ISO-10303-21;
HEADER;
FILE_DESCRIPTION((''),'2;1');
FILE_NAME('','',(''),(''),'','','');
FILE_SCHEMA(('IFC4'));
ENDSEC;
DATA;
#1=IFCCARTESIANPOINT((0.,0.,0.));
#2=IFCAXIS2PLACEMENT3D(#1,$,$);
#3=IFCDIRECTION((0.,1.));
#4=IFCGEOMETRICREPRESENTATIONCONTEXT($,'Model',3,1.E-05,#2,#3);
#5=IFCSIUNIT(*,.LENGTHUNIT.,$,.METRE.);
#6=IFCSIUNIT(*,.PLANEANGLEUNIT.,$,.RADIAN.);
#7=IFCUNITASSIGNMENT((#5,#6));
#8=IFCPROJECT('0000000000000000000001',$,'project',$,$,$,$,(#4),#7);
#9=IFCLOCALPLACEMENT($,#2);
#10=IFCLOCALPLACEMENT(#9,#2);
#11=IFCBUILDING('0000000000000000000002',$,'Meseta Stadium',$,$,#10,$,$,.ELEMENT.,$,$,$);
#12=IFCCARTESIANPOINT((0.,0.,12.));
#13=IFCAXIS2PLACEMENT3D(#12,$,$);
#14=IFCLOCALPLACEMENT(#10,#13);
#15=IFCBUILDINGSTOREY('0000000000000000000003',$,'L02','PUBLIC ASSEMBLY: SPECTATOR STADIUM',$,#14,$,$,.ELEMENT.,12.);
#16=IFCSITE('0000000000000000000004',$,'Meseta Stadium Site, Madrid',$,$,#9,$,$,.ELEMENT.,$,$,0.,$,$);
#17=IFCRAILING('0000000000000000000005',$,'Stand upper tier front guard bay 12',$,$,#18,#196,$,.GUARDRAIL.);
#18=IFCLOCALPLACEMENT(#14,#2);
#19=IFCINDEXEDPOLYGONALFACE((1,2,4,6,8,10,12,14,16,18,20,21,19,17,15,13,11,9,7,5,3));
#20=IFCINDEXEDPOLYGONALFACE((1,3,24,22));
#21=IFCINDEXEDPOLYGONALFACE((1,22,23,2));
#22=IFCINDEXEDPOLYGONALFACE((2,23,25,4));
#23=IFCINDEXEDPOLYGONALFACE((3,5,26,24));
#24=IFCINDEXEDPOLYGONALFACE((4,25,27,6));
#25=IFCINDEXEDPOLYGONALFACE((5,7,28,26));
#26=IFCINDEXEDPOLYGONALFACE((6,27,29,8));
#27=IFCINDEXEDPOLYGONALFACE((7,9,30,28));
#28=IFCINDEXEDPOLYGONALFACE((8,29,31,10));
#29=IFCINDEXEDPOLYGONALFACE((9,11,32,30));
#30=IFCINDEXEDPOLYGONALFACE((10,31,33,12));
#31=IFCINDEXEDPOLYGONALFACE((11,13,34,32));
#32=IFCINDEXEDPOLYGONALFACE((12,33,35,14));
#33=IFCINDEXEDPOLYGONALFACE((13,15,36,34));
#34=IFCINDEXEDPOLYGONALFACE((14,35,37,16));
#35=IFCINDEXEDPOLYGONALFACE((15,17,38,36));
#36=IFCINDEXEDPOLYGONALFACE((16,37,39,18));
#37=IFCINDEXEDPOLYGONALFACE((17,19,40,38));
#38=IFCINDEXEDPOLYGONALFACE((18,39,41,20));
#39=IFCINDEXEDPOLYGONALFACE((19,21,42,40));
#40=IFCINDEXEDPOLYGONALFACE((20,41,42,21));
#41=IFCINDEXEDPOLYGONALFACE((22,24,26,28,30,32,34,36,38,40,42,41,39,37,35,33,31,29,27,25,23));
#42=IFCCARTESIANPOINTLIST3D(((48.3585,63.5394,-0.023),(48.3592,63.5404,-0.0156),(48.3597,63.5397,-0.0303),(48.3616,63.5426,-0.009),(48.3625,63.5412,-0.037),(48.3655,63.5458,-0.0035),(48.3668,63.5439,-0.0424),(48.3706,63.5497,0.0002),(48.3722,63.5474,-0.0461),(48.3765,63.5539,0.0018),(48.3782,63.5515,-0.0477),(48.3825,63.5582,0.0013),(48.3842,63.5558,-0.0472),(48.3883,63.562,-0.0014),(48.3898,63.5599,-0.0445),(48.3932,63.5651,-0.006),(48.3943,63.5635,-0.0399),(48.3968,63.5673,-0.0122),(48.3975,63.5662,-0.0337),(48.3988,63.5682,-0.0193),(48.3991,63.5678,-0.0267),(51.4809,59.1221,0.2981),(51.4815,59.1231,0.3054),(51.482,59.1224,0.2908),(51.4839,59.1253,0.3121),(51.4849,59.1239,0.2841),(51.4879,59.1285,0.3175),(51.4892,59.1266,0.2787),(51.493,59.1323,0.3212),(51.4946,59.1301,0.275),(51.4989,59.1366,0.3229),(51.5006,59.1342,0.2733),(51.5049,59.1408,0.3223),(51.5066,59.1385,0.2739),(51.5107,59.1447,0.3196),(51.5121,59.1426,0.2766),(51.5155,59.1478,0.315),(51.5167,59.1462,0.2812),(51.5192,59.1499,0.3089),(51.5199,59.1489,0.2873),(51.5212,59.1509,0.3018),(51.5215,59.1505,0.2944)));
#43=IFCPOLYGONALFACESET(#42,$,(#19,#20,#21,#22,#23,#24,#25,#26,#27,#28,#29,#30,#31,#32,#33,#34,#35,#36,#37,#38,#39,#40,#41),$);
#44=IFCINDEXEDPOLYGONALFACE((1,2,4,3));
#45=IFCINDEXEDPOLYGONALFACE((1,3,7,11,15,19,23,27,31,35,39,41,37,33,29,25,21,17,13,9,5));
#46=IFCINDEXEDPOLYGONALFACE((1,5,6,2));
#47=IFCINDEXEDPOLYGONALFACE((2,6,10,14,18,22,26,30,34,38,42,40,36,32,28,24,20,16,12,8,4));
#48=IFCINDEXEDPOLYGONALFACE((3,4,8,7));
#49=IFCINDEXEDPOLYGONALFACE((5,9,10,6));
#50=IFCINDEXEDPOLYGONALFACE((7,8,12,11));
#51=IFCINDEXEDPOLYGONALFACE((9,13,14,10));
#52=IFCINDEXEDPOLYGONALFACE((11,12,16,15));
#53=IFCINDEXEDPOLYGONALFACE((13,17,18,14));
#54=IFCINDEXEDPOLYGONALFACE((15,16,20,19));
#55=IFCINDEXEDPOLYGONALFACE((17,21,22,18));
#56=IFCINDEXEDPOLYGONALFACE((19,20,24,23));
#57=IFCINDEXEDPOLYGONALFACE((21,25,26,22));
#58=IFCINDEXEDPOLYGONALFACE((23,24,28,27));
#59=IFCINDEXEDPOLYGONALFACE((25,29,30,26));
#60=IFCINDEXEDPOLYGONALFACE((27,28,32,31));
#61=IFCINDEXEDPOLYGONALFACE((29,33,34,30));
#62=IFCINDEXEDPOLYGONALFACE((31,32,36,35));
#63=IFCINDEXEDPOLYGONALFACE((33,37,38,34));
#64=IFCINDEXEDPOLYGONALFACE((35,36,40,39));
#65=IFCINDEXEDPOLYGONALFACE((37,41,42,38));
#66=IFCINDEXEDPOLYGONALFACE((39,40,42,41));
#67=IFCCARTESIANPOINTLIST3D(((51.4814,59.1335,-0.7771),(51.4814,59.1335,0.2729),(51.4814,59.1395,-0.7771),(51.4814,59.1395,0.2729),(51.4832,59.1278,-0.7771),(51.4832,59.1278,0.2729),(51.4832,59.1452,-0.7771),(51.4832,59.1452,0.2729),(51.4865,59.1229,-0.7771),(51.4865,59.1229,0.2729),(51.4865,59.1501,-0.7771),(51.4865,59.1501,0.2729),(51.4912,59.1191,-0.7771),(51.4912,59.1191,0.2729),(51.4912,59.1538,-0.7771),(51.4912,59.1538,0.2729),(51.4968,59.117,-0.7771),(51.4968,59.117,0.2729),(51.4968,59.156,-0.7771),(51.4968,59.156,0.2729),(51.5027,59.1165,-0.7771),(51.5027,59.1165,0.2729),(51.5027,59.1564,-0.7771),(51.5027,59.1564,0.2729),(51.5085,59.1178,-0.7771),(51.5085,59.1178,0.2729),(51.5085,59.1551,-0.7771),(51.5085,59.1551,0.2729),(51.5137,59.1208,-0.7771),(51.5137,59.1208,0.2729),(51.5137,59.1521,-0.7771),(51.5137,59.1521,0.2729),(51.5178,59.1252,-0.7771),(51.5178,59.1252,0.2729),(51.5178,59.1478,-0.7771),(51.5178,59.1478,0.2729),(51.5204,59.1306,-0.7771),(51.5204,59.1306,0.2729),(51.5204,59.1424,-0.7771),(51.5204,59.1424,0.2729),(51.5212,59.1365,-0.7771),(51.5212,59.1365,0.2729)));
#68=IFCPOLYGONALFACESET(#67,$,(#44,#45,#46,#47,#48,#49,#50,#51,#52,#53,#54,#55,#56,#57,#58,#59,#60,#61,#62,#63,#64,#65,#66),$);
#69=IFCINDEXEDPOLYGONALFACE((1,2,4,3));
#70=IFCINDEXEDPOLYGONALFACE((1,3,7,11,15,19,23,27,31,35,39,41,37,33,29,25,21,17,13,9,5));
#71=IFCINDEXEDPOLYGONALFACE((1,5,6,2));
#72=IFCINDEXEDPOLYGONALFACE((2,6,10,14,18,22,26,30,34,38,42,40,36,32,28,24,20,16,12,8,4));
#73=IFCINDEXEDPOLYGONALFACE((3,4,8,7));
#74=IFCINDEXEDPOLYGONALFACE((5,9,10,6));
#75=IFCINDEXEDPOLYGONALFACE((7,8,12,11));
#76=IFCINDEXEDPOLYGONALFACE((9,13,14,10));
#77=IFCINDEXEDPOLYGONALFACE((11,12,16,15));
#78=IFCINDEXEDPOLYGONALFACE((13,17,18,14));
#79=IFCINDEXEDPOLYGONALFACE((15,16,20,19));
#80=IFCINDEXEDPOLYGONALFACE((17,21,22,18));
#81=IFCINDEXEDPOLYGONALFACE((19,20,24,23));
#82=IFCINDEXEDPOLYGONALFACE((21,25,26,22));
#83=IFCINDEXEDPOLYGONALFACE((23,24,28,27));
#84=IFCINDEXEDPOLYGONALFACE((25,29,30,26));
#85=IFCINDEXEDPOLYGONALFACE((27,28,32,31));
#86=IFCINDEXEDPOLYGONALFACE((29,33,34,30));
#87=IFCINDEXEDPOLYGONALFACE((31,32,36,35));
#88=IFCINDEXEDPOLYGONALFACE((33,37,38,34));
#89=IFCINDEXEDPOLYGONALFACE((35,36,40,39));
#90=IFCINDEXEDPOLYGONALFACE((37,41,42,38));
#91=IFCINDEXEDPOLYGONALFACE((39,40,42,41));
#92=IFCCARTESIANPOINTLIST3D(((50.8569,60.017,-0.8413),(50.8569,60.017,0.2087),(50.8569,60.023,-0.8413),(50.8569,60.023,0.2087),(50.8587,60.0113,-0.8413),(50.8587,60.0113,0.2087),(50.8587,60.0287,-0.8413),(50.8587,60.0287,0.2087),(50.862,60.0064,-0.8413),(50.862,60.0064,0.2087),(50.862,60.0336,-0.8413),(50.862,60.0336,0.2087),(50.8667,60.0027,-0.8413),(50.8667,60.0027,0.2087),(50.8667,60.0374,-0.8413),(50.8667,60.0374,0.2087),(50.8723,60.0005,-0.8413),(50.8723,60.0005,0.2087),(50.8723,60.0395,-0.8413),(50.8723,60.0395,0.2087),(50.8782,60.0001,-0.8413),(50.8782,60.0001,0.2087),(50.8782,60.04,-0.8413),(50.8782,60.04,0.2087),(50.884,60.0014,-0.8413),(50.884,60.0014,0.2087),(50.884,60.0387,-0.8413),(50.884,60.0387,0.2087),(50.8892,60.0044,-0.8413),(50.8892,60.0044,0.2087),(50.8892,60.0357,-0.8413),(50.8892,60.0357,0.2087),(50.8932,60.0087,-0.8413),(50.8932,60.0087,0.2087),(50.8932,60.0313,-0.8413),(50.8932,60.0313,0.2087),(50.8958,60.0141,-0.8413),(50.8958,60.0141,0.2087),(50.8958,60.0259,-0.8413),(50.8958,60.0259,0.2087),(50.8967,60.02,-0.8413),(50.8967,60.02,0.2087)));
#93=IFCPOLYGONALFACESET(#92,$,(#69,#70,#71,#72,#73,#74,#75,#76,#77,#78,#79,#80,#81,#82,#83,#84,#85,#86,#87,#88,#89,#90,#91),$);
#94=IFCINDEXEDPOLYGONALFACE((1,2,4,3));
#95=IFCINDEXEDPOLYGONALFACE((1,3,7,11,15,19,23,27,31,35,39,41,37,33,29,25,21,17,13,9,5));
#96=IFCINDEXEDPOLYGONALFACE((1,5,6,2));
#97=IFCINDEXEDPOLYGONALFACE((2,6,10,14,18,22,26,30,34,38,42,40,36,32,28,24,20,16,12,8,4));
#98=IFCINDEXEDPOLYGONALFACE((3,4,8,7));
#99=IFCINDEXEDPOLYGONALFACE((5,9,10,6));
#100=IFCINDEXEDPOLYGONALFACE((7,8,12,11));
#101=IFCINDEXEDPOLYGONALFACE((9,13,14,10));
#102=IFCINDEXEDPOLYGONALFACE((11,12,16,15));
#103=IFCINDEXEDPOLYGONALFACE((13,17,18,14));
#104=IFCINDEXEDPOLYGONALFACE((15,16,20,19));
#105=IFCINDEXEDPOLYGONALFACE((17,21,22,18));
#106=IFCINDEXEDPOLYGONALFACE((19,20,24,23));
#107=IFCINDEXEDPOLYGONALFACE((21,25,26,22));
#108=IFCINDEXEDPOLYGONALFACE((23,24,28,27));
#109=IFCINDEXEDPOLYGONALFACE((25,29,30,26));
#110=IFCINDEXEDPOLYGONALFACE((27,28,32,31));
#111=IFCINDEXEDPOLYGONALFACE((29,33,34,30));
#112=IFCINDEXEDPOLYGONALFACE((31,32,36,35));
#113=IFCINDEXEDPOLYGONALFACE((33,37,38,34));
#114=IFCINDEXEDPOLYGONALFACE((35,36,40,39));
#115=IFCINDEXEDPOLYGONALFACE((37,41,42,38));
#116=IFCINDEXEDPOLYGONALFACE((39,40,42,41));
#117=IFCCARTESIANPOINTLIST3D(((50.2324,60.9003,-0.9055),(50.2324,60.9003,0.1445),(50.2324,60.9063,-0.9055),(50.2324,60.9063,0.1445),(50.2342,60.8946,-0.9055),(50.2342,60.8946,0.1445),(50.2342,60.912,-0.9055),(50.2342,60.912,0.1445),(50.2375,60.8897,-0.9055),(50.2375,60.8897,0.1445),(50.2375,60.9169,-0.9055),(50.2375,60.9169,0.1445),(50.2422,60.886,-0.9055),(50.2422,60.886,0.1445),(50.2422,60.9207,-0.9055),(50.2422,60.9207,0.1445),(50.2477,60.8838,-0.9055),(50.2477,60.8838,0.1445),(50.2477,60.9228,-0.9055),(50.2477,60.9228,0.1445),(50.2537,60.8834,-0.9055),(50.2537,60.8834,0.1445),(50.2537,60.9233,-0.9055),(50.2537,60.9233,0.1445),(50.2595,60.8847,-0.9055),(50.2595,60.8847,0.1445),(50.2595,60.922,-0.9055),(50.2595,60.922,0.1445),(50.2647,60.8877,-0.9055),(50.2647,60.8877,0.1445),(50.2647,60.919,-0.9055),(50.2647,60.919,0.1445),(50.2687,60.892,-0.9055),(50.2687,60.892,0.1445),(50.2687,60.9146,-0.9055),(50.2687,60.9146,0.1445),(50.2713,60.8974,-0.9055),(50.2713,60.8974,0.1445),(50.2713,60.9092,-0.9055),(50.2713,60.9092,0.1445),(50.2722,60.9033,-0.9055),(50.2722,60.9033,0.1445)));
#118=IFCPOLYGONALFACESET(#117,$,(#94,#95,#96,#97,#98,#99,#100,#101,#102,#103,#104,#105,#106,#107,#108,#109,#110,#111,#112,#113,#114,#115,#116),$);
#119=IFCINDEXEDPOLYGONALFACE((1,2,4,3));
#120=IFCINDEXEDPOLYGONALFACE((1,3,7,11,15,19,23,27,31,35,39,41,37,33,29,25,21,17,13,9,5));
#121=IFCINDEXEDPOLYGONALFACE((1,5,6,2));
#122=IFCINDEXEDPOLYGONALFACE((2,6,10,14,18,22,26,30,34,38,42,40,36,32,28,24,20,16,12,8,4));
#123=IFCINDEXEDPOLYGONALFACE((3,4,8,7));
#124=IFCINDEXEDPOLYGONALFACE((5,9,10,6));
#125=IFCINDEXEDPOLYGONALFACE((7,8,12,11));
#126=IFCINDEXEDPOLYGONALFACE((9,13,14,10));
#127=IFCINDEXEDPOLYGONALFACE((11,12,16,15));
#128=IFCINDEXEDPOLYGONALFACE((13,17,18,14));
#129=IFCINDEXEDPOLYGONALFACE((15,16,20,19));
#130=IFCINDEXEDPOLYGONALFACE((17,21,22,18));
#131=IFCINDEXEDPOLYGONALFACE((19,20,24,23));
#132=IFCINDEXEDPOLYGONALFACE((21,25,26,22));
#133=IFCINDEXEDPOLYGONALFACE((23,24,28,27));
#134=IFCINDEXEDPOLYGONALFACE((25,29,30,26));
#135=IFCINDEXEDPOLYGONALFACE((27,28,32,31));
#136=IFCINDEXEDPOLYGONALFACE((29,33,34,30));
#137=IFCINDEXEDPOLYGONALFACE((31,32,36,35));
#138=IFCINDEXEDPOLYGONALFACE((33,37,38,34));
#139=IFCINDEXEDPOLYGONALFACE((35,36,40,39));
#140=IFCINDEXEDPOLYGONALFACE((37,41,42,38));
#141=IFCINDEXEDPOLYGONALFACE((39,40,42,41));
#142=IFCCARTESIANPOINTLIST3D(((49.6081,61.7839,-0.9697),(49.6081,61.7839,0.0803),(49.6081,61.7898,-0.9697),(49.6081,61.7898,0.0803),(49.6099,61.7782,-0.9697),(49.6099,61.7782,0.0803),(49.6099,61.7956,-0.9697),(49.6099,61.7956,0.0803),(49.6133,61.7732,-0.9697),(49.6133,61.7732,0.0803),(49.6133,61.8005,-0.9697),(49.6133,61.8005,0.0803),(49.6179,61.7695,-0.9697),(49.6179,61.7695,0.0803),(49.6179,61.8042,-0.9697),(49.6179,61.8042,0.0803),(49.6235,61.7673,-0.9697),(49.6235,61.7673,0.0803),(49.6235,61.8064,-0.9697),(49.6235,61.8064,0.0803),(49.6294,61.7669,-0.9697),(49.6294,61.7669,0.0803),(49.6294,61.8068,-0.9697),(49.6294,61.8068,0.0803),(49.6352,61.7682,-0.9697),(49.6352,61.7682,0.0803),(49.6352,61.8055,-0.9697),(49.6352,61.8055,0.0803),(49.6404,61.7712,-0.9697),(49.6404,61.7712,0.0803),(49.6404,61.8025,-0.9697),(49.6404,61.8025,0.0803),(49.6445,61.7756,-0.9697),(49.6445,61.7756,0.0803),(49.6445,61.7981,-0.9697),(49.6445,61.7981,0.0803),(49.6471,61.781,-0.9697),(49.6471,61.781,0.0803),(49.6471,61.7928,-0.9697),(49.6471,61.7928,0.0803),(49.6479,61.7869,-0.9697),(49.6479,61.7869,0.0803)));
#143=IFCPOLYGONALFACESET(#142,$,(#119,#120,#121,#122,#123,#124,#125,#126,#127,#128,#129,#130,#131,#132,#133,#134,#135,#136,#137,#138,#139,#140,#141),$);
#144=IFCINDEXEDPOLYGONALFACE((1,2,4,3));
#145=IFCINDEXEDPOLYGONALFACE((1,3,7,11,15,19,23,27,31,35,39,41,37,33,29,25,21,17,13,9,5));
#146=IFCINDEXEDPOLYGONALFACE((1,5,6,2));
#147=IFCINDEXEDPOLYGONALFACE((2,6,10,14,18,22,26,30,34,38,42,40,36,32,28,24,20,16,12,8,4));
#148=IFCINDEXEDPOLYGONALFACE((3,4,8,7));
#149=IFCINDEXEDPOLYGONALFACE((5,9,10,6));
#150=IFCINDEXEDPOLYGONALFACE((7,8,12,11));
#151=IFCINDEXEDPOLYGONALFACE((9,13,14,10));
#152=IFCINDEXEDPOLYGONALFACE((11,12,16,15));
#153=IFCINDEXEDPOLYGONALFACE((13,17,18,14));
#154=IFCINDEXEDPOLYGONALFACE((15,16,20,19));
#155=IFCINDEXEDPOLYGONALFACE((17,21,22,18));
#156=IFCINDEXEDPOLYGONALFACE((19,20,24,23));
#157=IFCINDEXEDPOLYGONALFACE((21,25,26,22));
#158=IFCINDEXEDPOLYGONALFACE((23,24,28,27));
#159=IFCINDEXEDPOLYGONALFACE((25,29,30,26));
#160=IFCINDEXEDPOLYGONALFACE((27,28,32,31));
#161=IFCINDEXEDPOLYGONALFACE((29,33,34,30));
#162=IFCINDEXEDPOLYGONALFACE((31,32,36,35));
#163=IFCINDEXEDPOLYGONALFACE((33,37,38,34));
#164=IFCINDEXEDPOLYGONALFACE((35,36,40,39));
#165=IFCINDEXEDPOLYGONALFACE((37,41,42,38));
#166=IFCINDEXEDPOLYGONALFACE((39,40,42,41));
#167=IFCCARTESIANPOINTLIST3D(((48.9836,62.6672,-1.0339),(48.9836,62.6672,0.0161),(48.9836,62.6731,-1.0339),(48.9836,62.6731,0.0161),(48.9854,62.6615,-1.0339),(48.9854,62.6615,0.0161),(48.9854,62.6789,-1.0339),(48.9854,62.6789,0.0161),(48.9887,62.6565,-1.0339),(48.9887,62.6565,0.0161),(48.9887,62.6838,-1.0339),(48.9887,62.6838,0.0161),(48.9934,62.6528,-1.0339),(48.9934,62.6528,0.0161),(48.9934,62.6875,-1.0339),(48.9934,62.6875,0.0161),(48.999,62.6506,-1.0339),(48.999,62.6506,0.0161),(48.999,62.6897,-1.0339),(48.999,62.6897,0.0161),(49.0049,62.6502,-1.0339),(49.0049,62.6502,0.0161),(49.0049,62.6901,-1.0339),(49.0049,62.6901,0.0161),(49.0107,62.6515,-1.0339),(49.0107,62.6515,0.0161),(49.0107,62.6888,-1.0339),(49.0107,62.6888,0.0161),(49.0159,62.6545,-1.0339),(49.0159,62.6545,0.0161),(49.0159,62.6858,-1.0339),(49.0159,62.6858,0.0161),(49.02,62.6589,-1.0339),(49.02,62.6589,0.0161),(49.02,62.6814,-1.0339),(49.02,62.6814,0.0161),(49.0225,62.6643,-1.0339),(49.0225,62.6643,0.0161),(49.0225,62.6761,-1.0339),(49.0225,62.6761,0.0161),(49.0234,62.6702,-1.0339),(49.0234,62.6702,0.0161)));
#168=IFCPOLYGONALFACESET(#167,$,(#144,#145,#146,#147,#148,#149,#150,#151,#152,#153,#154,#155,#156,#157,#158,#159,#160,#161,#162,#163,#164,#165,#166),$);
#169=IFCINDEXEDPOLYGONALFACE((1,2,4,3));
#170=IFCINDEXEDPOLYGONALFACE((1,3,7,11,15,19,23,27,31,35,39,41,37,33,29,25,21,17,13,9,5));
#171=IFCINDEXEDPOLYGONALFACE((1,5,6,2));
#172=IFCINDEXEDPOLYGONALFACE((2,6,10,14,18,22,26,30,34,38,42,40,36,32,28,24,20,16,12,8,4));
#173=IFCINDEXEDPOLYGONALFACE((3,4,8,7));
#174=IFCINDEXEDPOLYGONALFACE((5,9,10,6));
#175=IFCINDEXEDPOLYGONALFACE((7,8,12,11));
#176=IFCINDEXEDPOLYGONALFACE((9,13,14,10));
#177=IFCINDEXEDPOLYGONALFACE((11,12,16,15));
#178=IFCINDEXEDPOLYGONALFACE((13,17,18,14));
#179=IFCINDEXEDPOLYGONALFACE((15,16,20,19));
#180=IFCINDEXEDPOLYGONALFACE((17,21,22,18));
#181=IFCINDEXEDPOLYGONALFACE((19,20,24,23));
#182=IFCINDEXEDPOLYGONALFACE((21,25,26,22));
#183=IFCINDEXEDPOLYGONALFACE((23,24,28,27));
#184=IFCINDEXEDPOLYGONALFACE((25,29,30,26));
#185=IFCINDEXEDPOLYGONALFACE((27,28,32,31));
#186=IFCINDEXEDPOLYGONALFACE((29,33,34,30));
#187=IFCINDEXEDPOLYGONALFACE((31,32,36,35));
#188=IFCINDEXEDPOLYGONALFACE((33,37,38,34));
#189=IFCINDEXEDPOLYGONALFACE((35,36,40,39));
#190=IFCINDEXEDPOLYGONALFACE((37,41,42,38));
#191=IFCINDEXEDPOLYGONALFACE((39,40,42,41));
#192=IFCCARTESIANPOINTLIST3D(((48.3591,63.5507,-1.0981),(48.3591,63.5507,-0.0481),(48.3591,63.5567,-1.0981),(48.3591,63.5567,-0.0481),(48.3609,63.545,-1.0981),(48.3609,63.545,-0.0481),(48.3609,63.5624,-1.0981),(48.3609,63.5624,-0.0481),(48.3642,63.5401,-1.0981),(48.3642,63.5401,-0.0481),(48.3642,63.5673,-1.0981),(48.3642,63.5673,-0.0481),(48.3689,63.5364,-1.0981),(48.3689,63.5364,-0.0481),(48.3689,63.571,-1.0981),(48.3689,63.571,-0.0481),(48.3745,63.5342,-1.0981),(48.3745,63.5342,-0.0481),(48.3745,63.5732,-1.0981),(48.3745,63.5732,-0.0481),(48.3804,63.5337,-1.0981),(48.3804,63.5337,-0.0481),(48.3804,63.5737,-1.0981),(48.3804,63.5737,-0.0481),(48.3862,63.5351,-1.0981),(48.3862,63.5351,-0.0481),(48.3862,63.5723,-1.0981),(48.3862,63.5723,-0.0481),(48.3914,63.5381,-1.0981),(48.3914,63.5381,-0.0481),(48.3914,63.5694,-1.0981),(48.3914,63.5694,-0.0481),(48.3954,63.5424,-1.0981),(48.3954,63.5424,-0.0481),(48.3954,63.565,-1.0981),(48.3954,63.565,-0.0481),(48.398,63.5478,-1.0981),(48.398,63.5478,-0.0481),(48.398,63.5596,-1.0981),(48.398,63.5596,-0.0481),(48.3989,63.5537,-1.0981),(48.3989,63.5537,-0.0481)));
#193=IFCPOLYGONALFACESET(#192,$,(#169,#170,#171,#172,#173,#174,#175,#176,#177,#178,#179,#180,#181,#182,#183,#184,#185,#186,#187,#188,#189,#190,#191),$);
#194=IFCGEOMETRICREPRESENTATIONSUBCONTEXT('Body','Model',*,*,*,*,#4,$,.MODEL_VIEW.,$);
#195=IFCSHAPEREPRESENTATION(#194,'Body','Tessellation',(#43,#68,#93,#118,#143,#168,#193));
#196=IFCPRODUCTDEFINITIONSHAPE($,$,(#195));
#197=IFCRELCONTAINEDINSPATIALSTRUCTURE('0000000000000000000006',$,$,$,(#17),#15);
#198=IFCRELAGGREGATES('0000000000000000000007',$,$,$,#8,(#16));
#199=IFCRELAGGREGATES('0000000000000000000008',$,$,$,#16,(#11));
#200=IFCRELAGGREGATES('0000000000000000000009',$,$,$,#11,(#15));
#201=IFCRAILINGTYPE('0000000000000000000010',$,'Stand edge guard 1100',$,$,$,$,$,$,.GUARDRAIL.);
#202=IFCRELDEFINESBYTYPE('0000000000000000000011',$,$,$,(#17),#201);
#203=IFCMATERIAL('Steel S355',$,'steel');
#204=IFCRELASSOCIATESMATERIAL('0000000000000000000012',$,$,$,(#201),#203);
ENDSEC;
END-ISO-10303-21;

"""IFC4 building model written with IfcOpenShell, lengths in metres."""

from ifc_helpers import new_model, si_unit, direction, frame, origin, origin_2d, place, context, subcontext, project, spatial, circle, extrude, material, type_object, element, save


model = new_model("IFC4")

# Units and contexts
model_context = context("Model", 3, precision=1e-05, world=origin(), true_north=direction((0.0, 1.0)))
body_context = subcontext(model_context, "Body", "Model", "MODEL_VIEW")
ifc_project = project(units=[si_unit("LENGTHUNIT", "METRE"), si_unit("PLANEANGLEUNIT", "RADIAN")], contexts=[model_context])

# Site, building, storey
site_placement = place(None, origin())
site = spatial("IfcSite", under=ifc_project, at=site_placement, Name="Meseta Stadium Site, Madrid", CompositionType="ELEMENT", RefElevation=0.0)
building_placement = place(site_placement, origin())
building = spatial("IfcBuilding", under=site, at=building_placement, Name="Meseta Stadium", CompositionType="ELEMENT")
storey_placement = place(building_placement, frame((0.0, 0.0, 12.0)))
storey = spatial("IfcBuildingStorey", under=building, at=storey_placement, Name="L02", Description="PUBLIC ASSEMBLY: SPECTATOR STADIUM", CompositionType="ELEMENT", Elevation=12.0)

# Railing
ifc_material_1 = material(Name="Steel S355", Category="steel")
railing_type = type_object("IfcRailingType", Name="Stand edge guard 1100", PredefinedType="GUARDRAIL", material=ifc_material_1)
railing_1_placement = place(storey_placement, frame((51.5012, 59.1365, -0.7771)))
element("IfcRailing", 1, at=railing_1_placement, inside=storey, type_object=railing_type, Name="Stand upper tier front guard bay 12", PredefinedType="GUARDRAIL", context=body_context, shape_type="SweptSolid", body=[
    extrude(circle(Radius=0.0249, at=origin_2d()), frame((0.0, 0.0, 1.0752), z_axis=(-0.576195, 0.815162, -0.059246), x_axis=(-0.816596, -0.577209, 0.0)), (0.0, 0.0, 1.0), 5.4189),
    extrude(circle(Radius=0.02, at=origin_2d()), origin(), (0.0, 0.0, 1.0), 1.05),
    extrude(circle(Radius=0.02, at=origin_2d()), frame((-0.6245, 0.8835, -0.0642)), (0.0, 0.0, 1.0), 1.05),
    extrude(circle(Radius=0.02, at=origin_2d()), frame((-1.249, 1.7668, -0.1284)), (0.0, 0.0, 1.0), 1.05),
    extrude(circle(Radius=0.02, at=origin_2d()), frame((-1.8733, 2.6504, -0.1926)), (0.0, 0.0, 1.0), 1.05),
    extrude(circle(Radius=0.02, at=origin_2d()), frame((-2.4978, 3.5337, -0.2568)), (0.0, 0.0, 1.0), 1.05),
    extrude(circle(Radius=0.02, at=origin_2d()), frame((-3.1223, 4.4172, -0.321)), (0.0, 0.0, 1.0), 1.05),
])

save(model, "model.ifc")
